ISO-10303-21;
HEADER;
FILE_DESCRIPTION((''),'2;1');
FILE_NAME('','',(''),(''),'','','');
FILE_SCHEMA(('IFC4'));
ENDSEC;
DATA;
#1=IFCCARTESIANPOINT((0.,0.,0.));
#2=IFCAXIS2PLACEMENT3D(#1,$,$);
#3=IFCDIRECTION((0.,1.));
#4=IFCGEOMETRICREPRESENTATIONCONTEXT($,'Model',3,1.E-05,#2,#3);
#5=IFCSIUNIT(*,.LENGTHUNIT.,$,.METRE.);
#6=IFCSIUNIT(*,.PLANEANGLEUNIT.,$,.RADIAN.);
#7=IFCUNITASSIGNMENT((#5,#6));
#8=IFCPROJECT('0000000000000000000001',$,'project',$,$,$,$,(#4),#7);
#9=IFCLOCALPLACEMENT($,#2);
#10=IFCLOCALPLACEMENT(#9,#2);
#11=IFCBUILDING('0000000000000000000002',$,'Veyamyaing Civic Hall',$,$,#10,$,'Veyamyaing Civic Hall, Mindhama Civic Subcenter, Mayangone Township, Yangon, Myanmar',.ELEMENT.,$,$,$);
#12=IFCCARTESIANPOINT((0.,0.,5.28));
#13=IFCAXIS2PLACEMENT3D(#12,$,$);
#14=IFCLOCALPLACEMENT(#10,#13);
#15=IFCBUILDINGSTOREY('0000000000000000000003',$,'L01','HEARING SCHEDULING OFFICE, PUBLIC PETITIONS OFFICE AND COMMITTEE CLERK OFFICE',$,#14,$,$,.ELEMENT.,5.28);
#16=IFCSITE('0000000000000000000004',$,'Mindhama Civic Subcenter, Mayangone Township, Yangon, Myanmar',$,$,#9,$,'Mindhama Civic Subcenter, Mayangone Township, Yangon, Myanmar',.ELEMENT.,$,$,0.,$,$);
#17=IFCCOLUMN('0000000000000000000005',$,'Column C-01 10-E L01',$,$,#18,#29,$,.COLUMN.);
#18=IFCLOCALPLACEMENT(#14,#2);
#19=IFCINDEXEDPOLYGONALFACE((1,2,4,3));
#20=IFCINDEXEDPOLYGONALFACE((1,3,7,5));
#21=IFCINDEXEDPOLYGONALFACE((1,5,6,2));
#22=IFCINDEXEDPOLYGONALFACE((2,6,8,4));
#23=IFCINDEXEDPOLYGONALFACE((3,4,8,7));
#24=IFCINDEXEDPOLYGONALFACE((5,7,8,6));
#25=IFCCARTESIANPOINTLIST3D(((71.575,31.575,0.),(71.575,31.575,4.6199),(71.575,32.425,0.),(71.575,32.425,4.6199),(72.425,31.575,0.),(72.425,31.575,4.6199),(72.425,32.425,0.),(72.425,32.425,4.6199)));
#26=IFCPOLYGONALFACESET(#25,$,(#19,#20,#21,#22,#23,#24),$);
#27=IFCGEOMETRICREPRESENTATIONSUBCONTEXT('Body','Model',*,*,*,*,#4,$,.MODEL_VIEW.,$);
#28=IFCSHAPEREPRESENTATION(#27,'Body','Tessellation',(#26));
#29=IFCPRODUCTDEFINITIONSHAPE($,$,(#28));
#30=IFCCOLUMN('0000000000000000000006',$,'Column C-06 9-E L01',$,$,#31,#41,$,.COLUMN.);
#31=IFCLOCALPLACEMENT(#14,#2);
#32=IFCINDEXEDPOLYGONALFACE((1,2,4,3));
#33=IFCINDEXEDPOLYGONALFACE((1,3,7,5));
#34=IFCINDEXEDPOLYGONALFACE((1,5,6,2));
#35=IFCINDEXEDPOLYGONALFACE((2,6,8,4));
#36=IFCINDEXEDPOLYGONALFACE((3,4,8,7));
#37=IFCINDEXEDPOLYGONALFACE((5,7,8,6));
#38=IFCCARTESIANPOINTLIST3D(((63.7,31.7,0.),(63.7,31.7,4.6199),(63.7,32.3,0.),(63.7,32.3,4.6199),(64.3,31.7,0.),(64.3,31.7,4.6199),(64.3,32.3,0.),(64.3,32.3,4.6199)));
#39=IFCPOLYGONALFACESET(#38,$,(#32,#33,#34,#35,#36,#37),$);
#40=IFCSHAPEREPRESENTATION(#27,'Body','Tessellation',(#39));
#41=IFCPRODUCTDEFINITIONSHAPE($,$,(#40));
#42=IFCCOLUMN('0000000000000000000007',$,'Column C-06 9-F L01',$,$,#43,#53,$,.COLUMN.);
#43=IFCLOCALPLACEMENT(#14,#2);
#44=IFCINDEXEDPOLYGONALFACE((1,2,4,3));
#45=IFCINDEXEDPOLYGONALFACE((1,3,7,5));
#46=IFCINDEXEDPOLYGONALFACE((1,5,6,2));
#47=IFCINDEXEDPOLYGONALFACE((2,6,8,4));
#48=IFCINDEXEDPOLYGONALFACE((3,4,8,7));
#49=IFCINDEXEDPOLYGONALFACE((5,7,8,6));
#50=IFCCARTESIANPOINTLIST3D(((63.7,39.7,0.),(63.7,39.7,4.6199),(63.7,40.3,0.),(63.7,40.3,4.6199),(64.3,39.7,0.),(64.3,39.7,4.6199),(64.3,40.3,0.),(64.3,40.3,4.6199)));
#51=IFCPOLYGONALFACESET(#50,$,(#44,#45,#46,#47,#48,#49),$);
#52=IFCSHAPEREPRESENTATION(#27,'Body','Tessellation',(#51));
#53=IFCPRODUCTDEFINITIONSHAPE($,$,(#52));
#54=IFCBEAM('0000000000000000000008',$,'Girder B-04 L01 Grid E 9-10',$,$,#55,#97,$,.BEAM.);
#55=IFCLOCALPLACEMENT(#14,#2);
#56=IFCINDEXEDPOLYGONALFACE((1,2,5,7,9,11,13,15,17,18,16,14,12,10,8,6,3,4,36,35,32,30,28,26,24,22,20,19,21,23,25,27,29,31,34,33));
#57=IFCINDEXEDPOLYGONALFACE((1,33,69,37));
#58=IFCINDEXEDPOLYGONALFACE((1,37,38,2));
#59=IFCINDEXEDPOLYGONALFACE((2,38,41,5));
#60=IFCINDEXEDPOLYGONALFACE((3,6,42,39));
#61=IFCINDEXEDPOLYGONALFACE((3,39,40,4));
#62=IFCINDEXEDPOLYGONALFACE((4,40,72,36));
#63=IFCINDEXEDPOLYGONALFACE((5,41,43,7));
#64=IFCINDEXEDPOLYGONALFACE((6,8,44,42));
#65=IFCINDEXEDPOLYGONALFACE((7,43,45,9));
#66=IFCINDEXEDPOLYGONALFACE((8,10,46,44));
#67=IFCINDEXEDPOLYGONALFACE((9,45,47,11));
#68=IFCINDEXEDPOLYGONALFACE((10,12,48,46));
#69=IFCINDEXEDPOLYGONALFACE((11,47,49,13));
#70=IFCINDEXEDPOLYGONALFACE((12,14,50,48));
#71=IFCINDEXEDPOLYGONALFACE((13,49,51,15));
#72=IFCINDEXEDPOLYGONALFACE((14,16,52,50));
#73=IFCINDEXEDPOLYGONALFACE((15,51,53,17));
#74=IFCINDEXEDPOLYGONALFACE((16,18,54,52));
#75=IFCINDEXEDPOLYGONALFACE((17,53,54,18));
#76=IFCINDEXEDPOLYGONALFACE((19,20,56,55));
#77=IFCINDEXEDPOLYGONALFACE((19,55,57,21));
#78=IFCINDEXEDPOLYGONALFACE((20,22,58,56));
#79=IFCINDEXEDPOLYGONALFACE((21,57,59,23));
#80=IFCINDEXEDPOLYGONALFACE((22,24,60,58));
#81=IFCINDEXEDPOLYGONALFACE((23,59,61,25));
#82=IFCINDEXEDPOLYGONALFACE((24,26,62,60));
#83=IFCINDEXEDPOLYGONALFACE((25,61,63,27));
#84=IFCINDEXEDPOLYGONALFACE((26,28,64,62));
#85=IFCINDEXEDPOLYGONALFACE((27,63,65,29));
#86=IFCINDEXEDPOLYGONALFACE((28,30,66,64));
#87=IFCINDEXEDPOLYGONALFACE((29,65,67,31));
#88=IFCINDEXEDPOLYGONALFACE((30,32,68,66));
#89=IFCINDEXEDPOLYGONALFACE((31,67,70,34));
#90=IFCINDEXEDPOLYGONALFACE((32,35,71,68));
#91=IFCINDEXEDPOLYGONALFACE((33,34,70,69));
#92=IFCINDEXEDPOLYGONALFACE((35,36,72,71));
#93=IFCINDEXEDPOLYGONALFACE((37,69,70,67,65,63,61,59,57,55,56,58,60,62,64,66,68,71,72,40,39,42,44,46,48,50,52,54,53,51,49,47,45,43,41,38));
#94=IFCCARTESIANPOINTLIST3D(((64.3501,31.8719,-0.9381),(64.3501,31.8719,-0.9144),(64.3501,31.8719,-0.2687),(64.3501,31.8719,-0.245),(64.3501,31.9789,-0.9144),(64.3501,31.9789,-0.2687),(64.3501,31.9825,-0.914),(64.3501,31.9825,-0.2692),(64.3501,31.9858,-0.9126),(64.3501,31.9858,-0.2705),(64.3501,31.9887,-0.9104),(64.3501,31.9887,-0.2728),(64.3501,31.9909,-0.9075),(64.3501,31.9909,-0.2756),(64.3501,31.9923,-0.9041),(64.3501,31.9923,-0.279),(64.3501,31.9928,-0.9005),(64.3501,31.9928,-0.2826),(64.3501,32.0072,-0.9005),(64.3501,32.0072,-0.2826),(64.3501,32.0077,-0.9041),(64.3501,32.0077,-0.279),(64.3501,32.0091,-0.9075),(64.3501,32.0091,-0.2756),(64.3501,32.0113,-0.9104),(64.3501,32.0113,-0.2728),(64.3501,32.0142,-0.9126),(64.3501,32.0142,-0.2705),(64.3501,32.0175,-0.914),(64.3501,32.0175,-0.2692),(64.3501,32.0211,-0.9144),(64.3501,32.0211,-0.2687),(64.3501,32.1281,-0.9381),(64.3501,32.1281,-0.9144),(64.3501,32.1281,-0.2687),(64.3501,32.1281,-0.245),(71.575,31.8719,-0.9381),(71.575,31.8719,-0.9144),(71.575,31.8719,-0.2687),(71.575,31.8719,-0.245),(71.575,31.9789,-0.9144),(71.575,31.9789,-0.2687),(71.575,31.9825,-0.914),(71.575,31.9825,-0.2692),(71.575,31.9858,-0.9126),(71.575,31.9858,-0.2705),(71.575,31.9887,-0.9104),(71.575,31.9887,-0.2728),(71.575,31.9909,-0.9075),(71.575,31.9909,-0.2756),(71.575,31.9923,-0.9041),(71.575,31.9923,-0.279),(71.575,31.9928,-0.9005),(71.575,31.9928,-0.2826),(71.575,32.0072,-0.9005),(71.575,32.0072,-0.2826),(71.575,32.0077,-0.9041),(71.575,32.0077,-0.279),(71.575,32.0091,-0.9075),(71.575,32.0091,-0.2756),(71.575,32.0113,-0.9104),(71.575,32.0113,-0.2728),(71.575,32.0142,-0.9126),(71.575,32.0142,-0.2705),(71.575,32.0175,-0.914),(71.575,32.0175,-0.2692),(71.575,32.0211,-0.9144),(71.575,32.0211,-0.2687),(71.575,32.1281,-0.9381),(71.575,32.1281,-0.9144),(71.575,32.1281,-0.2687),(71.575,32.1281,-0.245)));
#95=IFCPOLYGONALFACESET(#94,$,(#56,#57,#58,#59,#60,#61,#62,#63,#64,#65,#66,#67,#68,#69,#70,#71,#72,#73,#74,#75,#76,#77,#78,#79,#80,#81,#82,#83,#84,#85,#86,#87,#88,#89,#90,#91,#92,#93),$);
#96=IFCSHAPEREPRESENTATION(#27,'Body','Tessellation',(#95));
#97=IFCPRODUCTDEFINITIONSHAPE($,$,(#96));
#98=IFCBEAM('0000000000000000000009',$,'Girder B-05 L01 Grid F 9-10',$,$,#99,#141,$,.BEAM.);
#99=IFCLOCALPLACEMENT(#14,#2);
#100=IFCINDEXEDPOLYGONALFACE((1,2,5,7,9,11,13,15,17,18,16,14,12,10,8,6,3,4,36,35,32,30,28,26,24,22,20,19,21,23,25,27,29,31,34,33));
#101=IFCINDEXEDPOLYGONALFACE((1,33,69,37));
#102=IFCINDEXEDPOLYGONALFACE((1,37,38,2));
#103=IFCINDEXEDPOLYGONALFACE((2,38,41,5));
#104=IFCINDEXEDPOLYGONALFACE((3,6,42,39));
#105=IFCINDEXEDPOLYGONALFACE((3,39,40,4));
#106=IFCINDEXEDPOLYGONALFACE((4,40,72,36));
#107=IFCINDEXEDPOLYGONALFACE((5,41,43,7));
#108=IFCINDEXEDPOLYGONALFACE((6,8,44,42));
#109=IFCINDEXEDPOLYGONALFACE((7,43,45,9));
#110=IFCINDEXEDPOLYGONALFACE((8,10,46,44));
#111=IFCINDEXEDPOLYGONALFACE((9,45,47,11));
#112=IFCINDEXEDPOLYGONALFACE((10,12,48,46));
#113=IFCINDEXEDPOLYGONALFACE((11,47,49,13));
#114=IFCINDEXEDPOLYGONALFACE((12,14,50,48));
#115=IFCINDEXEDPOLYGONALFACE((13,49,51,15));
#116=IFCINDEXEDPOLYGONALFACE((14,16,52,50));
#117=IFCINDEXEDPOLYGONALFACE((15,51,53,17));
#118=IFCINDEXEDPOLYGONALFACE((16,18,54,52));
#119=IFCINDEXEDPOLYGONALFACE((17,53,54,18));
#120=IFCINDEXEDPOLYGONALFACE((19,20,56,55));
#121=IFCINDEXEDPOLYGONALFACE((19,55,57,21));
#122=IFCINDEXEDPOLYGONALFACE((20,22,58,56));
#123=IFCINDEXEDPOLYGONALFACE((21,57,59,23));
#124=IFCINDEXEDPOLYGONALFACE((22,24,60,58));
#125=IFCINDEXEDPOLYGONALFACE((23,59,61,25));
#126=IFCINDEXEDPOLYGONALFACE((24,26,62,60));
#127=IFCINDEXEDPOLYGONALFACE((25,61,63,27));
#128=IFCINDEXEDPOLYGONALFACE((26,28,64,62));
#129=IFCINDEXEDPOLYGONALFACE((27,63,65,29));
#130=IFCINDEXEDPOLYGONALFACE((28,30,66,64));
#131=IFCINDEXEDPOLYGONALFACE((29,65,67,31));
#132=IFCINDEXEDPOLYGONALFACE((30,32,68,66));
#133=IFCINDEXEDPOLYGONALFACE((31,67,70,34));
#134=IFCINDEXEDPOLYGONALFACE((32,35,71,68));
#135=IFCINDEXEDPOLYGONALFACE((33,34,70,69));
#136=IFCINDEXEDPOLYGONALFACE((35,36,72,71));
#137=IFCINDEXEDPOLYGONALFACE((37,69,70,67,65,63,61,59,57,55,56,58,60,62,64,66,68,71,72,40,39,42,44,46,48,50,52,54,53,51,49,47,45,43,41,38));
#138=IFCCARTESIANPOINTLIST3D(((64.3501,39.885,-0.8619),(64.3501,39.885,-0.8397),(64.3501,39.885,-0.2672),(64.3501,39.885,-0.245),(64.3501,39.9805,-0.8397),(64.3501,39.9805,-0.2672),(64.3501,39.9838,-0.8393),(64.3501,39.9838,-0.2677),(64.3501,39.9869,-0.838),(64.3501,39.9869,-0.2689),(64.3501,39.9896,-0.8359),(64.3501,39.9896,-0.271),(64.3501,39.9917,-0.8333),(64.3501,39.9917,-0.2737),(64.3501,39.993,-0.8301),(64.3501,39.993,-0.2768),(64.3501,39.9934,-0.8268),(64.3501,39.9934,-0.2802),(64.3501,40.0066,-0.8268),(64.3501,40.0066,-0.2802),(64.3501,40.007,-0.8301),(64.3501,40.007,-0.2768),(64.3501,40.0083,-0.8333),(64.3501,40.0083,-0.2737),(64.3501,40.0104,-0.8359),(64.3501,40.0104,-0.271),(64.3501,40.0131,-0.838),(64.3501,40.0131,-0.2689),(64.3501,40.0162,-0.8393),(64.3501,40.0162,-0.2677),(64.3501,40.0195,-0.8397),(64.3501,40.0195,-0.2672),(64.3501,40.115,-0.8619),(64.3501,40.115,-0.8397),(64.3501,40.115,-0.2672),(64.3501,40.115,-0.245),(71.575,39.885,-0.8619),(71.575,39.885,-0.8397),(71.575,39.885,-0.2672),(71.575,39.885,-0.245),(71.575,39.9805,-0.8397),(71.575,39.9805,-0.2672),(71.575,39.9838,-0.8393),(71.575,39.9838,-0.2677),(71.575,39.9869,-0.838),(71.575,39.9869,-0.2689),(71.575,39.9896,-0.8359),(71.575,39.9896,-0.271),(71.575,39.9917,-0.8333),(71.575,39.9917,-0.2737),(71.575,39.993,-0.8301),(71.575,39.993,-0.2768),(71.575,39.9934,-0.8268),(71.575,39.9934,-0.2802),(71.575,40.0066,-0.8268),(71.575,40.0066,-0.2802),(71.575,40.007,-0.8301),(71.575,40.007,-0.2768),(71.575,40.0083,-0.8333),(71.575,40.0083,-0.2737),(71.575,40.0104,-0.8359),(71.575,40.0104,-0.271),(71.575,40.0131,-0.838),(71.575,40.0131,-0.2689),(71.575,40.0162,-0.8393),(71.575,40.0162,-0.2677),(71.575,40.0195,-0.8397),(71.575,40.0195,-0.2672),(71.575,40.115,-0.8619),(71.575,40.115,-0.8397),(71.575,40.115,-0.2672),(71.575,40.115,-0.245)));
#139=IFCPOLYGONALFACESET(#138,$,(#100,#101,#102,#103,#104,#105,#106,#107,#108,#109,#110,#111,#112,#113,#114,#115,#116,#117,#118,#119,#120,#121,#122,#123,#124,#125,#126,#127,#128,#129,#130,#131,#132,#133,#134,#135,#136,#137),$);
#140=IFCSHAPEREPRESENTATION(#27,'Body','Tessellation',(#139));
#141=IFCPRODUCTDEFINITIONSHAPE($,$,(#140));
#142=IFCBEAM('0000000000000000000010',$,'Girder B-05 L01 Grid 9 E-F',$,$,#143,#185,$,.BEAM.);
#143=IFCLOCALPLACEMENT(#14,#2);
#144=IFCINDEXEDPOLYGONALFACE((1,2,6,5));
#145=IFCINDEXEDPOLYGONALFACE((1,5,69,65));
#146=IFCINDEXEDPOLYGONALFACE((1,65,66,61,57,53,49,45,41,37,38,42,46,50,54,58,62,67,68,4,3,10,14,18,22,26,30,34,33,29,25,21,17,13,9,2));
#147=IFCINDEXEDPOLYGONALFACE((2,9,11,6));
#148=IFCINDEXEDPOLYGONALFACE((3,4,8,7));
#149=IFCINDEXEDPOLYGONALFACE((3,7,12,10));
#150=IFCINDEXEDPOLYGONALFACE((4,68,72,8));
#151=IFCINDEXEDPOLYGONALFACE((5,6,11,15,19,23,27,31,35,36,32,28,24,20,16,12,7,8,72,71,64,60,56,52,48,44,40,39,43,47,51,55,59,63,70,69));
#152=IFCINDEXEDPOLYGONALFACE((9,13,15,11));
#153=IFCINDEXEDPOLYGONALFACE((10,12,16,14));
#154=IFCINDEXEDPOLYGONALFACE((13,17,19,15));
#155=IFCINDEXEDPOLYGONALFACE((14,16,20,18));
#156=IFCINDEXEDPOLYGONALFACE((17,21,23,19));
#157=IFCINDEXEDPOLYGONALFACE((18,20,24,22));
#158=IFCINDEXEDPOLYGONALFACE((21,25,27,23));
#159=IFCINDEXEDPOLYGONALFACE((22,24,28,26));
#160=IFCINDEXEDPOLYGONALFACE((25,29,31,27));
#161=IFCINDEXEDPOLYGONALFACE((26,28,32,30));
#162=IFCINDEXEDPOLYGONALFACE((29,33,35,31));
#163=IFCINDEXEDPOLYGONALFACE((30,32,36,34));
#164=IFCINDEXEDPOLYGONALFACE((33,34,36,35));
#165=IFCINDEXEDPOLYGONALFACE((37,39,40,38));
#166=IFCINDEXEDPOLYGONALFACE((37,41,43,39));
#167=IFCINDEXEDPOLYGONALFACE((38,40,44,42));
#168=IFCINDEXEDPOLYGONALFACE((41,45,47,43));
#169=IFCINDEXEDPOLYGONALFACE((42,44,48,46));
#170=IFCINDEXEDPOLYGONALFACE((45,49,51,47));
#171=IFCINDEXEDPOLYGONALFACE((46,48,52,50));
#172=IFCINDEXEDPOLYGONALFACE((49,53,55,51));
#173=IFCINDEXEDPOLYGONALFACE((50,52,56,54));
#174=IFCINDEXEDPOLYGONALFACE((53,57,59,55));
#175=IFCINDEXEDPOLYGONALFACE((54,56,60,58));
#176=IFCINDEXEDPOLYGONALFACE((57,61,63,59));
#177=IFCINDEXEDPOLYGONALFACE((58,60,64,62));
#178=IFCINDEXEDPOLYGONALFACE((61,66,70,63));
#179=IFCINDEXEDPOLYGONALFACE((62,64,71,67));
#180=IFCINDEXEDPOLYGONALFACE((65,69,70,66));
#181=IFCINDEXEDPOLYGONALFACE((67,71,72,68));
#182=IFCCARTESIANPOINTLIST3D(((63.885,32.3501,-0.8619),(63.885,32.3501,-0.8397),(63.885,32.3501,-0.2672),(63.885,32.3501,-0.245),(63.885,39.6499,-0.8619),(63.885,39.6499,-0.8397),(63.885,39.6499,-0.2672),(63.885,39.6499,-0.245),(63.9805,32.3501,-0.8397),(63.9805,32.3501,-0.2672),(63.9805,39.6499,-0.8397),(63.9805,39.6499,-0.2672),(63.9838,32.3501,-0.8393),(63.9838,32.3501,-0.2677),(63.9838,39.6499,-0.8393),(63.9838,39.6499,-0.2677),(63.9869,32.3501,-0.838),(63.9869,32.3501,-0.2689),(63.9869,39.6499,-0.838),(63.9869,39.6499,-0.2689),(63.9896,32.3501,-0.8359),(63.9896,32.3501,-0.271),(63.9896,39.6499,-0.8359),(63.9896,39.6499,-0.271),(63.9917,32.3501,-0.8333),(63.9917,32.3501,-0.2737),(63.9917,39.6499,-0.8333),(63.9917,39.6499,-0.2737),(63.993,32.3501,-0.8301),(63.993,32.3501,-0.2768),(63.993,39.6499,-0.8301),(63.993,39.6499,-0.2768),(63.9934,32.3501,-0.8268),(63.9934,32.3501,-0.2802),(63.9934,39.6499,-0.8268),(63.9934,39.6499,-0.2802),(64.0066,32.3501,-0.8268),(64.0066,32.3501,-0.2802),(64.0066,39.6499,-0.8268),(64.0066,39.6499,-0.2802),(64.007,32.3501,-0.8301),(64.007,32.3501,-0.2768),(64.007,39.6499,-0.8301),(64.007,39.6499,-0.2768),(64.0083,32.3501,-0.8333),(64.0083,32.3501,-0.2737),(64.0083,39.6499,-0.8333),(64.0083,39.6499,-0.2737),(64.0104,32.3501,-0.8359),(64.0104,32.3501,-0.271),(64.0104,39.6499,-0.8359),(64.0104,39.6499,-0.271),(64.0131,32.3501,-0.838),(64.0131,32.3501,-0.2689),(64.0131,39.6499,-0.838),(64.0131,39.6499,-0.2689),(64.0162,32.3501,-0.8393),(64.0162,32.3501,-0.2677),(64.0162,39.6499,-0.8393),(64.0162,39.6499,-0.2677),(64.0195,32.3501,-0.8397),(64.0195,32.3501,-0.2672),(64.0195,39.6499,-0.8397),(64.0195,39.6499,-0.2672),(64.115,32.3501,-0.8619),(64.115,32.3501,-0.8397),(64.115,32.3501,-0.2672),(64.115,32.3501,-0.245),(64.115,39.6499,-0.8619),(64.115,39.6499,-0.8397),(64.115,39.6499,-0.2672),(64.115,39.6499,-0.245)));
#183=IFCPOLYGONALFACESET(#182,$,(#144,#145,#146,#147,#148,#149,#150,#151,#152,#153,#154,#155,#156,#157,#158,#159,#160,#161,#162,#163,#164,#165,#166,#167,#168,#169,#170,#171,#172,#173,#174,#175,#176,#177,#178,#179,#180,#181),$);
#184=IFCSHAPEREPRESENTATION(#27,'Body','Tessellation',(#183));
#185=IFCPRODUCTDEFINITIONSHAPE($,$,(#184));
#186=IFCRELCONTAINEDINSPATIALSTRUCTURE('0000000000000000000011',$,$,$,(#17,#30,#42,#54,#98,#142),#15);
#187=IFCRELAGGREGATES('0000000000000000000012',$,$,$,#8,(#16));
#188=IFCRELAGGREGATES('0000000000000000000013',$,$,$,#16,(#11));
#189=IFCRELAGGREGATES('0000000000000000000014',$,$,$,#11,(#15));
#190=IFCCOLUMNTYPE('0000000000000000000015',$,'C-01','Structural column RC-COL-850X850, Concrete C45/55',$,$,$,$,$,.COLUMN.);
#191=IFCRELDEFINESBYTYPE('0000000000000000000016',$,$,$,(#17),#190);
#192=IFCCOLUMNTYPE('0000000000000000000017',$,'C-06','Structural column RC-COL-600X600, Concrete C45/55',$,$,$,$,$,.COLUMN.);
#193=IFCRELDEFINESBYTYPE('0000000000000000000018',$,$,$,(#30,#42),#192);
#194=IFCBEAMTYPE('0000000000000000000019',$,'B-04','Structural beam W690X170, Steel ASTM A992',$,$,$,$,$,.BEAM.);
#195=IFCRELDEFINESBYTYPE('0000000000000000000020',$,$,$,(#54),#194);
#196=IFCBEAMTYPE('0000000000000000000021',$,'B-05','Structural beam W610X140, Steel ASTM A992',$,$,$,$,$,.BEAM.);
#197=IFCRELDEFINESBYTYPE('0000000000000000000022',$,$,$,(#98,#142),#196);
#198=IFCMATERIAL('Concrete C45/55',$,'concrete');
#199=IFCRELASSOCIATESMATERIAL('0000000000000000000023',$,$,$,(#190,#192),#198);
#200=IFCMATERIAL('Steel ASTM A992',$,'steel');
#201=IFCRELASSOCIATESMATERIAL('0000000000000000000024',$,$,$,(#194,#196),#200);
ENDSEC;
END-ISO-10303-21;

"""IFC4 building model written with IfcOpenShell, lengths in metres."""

from ifc_helpers import new_model, si_unit, direction, frame, origin, origin_2d, place, context, subcontext, project, spatial, rectangle, i_section, extrude, material, material_profile, profile_set, type_object, element, save


model = new_model("IFC4")

# Units and contexts
model_context = context("Model", 3, precision=1e-05, world=origin(), true_north=direction((0.0, 1.0)))
body_context = subcontext(model_context, "Body", "Model", "MODEL_VIEW")
ifc_project = project(units=[si_unit("LENGTHUNIT", "METRE"), si_unit("PLANEANGLEUNIT", "RADIAN")], contexts=[model_context])

# Site, building, storey
site_placement = place(None, origin())
site = spatial("IfcSite", under=ifc_project, at=site_placement, Name="Mindhama Civic Subcenter, Mayangone Township, Yangon, Myanmar", LongName="Mindhama Civic Subcenter, Mayangone Township, Yangon, Myanmar", CompositionType="ELEMENT", RefElevation=0.0)
building_placement = place(site_placement, origin())
building = spatial("IfcBuilding", under=site, at=building_placement, Name="Veyamyaing Civic Hall", LongName="Veyamyaing Civic Hall, Mindhama Civic Subcenter, Mayangone Township, Yangon, Myanmar", CompositionType="ELEMENT")
storey_placement = place(building_placement, frame((0.0, 0.0, 5.28)))
storey = spatial("IfcBuildingStorey", under=building, at=storey_placement, Name="L01", Description="HEARING SCHEDULING OFFICE, PUBLIC PETITIONS OFFICE AND COMMITTEE CLERK OFFICE", CompositionType="ELEMENT", Elevation=5.28)

# Columns
ifc_material_1 = material(Name="Concrete C45/55", Category="concrete")
ifc_material_profile_1 = material_profile(ifc_material_1, rectangle(XDim=0.8501, YDim=0.8501, at=origin_2d()), Name="RC-COL-850X850")
ifc_profile_set_1 = profile_set([ifc_material_profile_1], Name="Concrete C45/55")
column_type_1 = type_object("IfcColumnType", Name="C-01", Description="Structural column RC-COL-850X850, Concrete C45/55", PredefinedType="COLUMN", material=ifc_profile_set_1)
column_placement = place(storey_placement, frame((72.0, 32.0, 0.0), z_axis=(0.0, 0.0, 1.0), x_axis=(1.0, 0.0, 0.0)))
element("IfcColumn", 1, at=column_placement, inside=storey, type_object=column_type_1, Name="Column C-01 10-E L01", PredefinedType="COLUMN", context=body_context, shape_type="SweptSolid", body=[
    extrude(rectangle(XDim=0.8501, YDim=0.8501, at=origin_2d()), origin(), (0.0, 0.0, 1.0), 4.6199),
])
ifc_material_profile_2 = material_profile(ifc_material_1, rectangle(XDim=0.6001, YDim=0.6001, at=origin_2d()), Name="RC-COL-600X600")
ifc_profile_set_2 = profile_set([ifc_material_profile_2], Name="Concrete C45/55")
column_type_2 = type_object("IfcColumnType", Name="C-06", Description="Structural column RC-COL-600X600, Concrete C45/55", PredefinedType="COLUMN", material=ifc_profile_set_2)
for number, where, z_axis, x_axis, name in (
    (2, (64.0, 32.0, 0.0), (0.0, 0.0, 1.0), (1.0, 0.0, 0.0), "Column C-06 9-E L01"),
    (3, (64.0, 40.0, 0.0), (0.0, 0.0, 1.0), (1.0, 0.0, 0.0), "Column C-06 9-F L01"),
):
    element("IfcColumn", number, at=place(storey_placement, frame(where, z_axis=z_axis, x_axis=x_axis)), inside=storey, type_object=column_type_2, Name=name, PredefinedType="COLUMN", context=body_context, shape_type="SweptSolid", body=[
        extrude(rectangle(XDim=0.6001, YDim=0.6001, at=origin_2d()), origin(), (0.0, 0.0, 1.0), 4.6199),
    ])

# Beams
ifc_material_2 = material(Name="Steel ASTM A992", Category="steel")
ifc_material_profile_3 = material_profile(ifc_material_2, i_section(OverallWidth=0.2561, OverallDepth=0.6931, WebThickness=0.0144, FlangeThickness=0.0237, FilletRadius=0.0139, at=origin_2d()), Name="W690X170")
ifc_profile_set_3 = profile_set([ifc_material_profile_3], Name="Steel ASTM A992")
beam_type_1 = type_object("IfcBeamType", Name="B-04", Description="Structural beam W690X170, Steel ASTM A992", PredefinedType="BEAM", material=ifc_profile_set_3)
beam_1_placement = place(storey_placement, frame((64.3501, 32.0, -0.5916), z_axis=(1.0, 0.0, 0.0), x_axis=(0.0, 1.0, 0.0)))
element("IfcBeam", 4, at=beam_1_placement, inside=storey, type_object=beam_type_1, Name="Girder B-04 L01 Grid E 9-10", PredefinedType="BEAM", context=body_context, shape_type="SweptSolid", body=[
    extrude(i_section(OverallWidth=0.2561, OverallDepth=0.6931, WebThickness=0.0144, FlangeThickness=0.0237, FilletRadius=0.0139, at=origin_2d()), origin(), (0.0, 0.0, 1.0), 7.2249),
])
ifc_material_profile_4 = material_profile(ifc_material_2, i_section(OverallWidth=0.23, OverallDepth=0.6169, WebThickness=0.0132, FlangeThickness=0.0222, FilletRadius=0.0129, at=origin_2d()), Name="W610X140")
ifc_profile_set_4 = profile_set([ifc_material_profile_4], Name="Steel ASTM A992")
beam_type_2 = type_object("IfcBeamType", Name="B-05", Description="Structural beam W610X140, Steel ASTM A992", PredefinedType="BEAM", material=ifc_profile_set_4)
beam_2_placement = place(storey_placement, frame((64.3501, 40.0, -0.5535), z_axis=(1.0, 0.0, 0.0), x_axis=(0.0, 1.0, 0.0)))
element("IfcBeam", 5, at=beam_2_placement, inside=storey, type_object=beam_type_2, Name="Girder B-05 L01 Grid F 9-10", PredefinedType="BEAM", context=body_context, shape_type="SweptSolid", body=[
    extrude(i_section(OverallWidth=0.23, OverallDepth=0.6169, WebThickness=0.0132, FlangeThickness=0.0222, FilletRadius=0.0129, at=origin_2d()), origin(), (0.0, 0.0, 1.0), 7.2249),
])
beam_3_placement = place(storey_placement, frame((64.0, 32.3501, -0.5535), z_axis=(0.0, 1.0, 0.0), x_axis=(-1.0, 0.0, 0.0)))
element("IfcBeam", 6, at=beam_3_placement, inside=storey, type_object=beam_type_2, Name="Girder B-05 L01 Grid 9 E-F", PredefinedType="BEAM", context=body_context, shape_type="SweptSolid", body=[
    extrude(i_section(OverallWidth=0.23, OverallDepth=0.6169, WebThickness=0.0132, FlangeThickness=0.0222, FilletRadius=0.0129, at=origin_2d()), origin(), (0.0, 0.0, 1.0), 7.2998),
])

save(model, "model.ifc")
